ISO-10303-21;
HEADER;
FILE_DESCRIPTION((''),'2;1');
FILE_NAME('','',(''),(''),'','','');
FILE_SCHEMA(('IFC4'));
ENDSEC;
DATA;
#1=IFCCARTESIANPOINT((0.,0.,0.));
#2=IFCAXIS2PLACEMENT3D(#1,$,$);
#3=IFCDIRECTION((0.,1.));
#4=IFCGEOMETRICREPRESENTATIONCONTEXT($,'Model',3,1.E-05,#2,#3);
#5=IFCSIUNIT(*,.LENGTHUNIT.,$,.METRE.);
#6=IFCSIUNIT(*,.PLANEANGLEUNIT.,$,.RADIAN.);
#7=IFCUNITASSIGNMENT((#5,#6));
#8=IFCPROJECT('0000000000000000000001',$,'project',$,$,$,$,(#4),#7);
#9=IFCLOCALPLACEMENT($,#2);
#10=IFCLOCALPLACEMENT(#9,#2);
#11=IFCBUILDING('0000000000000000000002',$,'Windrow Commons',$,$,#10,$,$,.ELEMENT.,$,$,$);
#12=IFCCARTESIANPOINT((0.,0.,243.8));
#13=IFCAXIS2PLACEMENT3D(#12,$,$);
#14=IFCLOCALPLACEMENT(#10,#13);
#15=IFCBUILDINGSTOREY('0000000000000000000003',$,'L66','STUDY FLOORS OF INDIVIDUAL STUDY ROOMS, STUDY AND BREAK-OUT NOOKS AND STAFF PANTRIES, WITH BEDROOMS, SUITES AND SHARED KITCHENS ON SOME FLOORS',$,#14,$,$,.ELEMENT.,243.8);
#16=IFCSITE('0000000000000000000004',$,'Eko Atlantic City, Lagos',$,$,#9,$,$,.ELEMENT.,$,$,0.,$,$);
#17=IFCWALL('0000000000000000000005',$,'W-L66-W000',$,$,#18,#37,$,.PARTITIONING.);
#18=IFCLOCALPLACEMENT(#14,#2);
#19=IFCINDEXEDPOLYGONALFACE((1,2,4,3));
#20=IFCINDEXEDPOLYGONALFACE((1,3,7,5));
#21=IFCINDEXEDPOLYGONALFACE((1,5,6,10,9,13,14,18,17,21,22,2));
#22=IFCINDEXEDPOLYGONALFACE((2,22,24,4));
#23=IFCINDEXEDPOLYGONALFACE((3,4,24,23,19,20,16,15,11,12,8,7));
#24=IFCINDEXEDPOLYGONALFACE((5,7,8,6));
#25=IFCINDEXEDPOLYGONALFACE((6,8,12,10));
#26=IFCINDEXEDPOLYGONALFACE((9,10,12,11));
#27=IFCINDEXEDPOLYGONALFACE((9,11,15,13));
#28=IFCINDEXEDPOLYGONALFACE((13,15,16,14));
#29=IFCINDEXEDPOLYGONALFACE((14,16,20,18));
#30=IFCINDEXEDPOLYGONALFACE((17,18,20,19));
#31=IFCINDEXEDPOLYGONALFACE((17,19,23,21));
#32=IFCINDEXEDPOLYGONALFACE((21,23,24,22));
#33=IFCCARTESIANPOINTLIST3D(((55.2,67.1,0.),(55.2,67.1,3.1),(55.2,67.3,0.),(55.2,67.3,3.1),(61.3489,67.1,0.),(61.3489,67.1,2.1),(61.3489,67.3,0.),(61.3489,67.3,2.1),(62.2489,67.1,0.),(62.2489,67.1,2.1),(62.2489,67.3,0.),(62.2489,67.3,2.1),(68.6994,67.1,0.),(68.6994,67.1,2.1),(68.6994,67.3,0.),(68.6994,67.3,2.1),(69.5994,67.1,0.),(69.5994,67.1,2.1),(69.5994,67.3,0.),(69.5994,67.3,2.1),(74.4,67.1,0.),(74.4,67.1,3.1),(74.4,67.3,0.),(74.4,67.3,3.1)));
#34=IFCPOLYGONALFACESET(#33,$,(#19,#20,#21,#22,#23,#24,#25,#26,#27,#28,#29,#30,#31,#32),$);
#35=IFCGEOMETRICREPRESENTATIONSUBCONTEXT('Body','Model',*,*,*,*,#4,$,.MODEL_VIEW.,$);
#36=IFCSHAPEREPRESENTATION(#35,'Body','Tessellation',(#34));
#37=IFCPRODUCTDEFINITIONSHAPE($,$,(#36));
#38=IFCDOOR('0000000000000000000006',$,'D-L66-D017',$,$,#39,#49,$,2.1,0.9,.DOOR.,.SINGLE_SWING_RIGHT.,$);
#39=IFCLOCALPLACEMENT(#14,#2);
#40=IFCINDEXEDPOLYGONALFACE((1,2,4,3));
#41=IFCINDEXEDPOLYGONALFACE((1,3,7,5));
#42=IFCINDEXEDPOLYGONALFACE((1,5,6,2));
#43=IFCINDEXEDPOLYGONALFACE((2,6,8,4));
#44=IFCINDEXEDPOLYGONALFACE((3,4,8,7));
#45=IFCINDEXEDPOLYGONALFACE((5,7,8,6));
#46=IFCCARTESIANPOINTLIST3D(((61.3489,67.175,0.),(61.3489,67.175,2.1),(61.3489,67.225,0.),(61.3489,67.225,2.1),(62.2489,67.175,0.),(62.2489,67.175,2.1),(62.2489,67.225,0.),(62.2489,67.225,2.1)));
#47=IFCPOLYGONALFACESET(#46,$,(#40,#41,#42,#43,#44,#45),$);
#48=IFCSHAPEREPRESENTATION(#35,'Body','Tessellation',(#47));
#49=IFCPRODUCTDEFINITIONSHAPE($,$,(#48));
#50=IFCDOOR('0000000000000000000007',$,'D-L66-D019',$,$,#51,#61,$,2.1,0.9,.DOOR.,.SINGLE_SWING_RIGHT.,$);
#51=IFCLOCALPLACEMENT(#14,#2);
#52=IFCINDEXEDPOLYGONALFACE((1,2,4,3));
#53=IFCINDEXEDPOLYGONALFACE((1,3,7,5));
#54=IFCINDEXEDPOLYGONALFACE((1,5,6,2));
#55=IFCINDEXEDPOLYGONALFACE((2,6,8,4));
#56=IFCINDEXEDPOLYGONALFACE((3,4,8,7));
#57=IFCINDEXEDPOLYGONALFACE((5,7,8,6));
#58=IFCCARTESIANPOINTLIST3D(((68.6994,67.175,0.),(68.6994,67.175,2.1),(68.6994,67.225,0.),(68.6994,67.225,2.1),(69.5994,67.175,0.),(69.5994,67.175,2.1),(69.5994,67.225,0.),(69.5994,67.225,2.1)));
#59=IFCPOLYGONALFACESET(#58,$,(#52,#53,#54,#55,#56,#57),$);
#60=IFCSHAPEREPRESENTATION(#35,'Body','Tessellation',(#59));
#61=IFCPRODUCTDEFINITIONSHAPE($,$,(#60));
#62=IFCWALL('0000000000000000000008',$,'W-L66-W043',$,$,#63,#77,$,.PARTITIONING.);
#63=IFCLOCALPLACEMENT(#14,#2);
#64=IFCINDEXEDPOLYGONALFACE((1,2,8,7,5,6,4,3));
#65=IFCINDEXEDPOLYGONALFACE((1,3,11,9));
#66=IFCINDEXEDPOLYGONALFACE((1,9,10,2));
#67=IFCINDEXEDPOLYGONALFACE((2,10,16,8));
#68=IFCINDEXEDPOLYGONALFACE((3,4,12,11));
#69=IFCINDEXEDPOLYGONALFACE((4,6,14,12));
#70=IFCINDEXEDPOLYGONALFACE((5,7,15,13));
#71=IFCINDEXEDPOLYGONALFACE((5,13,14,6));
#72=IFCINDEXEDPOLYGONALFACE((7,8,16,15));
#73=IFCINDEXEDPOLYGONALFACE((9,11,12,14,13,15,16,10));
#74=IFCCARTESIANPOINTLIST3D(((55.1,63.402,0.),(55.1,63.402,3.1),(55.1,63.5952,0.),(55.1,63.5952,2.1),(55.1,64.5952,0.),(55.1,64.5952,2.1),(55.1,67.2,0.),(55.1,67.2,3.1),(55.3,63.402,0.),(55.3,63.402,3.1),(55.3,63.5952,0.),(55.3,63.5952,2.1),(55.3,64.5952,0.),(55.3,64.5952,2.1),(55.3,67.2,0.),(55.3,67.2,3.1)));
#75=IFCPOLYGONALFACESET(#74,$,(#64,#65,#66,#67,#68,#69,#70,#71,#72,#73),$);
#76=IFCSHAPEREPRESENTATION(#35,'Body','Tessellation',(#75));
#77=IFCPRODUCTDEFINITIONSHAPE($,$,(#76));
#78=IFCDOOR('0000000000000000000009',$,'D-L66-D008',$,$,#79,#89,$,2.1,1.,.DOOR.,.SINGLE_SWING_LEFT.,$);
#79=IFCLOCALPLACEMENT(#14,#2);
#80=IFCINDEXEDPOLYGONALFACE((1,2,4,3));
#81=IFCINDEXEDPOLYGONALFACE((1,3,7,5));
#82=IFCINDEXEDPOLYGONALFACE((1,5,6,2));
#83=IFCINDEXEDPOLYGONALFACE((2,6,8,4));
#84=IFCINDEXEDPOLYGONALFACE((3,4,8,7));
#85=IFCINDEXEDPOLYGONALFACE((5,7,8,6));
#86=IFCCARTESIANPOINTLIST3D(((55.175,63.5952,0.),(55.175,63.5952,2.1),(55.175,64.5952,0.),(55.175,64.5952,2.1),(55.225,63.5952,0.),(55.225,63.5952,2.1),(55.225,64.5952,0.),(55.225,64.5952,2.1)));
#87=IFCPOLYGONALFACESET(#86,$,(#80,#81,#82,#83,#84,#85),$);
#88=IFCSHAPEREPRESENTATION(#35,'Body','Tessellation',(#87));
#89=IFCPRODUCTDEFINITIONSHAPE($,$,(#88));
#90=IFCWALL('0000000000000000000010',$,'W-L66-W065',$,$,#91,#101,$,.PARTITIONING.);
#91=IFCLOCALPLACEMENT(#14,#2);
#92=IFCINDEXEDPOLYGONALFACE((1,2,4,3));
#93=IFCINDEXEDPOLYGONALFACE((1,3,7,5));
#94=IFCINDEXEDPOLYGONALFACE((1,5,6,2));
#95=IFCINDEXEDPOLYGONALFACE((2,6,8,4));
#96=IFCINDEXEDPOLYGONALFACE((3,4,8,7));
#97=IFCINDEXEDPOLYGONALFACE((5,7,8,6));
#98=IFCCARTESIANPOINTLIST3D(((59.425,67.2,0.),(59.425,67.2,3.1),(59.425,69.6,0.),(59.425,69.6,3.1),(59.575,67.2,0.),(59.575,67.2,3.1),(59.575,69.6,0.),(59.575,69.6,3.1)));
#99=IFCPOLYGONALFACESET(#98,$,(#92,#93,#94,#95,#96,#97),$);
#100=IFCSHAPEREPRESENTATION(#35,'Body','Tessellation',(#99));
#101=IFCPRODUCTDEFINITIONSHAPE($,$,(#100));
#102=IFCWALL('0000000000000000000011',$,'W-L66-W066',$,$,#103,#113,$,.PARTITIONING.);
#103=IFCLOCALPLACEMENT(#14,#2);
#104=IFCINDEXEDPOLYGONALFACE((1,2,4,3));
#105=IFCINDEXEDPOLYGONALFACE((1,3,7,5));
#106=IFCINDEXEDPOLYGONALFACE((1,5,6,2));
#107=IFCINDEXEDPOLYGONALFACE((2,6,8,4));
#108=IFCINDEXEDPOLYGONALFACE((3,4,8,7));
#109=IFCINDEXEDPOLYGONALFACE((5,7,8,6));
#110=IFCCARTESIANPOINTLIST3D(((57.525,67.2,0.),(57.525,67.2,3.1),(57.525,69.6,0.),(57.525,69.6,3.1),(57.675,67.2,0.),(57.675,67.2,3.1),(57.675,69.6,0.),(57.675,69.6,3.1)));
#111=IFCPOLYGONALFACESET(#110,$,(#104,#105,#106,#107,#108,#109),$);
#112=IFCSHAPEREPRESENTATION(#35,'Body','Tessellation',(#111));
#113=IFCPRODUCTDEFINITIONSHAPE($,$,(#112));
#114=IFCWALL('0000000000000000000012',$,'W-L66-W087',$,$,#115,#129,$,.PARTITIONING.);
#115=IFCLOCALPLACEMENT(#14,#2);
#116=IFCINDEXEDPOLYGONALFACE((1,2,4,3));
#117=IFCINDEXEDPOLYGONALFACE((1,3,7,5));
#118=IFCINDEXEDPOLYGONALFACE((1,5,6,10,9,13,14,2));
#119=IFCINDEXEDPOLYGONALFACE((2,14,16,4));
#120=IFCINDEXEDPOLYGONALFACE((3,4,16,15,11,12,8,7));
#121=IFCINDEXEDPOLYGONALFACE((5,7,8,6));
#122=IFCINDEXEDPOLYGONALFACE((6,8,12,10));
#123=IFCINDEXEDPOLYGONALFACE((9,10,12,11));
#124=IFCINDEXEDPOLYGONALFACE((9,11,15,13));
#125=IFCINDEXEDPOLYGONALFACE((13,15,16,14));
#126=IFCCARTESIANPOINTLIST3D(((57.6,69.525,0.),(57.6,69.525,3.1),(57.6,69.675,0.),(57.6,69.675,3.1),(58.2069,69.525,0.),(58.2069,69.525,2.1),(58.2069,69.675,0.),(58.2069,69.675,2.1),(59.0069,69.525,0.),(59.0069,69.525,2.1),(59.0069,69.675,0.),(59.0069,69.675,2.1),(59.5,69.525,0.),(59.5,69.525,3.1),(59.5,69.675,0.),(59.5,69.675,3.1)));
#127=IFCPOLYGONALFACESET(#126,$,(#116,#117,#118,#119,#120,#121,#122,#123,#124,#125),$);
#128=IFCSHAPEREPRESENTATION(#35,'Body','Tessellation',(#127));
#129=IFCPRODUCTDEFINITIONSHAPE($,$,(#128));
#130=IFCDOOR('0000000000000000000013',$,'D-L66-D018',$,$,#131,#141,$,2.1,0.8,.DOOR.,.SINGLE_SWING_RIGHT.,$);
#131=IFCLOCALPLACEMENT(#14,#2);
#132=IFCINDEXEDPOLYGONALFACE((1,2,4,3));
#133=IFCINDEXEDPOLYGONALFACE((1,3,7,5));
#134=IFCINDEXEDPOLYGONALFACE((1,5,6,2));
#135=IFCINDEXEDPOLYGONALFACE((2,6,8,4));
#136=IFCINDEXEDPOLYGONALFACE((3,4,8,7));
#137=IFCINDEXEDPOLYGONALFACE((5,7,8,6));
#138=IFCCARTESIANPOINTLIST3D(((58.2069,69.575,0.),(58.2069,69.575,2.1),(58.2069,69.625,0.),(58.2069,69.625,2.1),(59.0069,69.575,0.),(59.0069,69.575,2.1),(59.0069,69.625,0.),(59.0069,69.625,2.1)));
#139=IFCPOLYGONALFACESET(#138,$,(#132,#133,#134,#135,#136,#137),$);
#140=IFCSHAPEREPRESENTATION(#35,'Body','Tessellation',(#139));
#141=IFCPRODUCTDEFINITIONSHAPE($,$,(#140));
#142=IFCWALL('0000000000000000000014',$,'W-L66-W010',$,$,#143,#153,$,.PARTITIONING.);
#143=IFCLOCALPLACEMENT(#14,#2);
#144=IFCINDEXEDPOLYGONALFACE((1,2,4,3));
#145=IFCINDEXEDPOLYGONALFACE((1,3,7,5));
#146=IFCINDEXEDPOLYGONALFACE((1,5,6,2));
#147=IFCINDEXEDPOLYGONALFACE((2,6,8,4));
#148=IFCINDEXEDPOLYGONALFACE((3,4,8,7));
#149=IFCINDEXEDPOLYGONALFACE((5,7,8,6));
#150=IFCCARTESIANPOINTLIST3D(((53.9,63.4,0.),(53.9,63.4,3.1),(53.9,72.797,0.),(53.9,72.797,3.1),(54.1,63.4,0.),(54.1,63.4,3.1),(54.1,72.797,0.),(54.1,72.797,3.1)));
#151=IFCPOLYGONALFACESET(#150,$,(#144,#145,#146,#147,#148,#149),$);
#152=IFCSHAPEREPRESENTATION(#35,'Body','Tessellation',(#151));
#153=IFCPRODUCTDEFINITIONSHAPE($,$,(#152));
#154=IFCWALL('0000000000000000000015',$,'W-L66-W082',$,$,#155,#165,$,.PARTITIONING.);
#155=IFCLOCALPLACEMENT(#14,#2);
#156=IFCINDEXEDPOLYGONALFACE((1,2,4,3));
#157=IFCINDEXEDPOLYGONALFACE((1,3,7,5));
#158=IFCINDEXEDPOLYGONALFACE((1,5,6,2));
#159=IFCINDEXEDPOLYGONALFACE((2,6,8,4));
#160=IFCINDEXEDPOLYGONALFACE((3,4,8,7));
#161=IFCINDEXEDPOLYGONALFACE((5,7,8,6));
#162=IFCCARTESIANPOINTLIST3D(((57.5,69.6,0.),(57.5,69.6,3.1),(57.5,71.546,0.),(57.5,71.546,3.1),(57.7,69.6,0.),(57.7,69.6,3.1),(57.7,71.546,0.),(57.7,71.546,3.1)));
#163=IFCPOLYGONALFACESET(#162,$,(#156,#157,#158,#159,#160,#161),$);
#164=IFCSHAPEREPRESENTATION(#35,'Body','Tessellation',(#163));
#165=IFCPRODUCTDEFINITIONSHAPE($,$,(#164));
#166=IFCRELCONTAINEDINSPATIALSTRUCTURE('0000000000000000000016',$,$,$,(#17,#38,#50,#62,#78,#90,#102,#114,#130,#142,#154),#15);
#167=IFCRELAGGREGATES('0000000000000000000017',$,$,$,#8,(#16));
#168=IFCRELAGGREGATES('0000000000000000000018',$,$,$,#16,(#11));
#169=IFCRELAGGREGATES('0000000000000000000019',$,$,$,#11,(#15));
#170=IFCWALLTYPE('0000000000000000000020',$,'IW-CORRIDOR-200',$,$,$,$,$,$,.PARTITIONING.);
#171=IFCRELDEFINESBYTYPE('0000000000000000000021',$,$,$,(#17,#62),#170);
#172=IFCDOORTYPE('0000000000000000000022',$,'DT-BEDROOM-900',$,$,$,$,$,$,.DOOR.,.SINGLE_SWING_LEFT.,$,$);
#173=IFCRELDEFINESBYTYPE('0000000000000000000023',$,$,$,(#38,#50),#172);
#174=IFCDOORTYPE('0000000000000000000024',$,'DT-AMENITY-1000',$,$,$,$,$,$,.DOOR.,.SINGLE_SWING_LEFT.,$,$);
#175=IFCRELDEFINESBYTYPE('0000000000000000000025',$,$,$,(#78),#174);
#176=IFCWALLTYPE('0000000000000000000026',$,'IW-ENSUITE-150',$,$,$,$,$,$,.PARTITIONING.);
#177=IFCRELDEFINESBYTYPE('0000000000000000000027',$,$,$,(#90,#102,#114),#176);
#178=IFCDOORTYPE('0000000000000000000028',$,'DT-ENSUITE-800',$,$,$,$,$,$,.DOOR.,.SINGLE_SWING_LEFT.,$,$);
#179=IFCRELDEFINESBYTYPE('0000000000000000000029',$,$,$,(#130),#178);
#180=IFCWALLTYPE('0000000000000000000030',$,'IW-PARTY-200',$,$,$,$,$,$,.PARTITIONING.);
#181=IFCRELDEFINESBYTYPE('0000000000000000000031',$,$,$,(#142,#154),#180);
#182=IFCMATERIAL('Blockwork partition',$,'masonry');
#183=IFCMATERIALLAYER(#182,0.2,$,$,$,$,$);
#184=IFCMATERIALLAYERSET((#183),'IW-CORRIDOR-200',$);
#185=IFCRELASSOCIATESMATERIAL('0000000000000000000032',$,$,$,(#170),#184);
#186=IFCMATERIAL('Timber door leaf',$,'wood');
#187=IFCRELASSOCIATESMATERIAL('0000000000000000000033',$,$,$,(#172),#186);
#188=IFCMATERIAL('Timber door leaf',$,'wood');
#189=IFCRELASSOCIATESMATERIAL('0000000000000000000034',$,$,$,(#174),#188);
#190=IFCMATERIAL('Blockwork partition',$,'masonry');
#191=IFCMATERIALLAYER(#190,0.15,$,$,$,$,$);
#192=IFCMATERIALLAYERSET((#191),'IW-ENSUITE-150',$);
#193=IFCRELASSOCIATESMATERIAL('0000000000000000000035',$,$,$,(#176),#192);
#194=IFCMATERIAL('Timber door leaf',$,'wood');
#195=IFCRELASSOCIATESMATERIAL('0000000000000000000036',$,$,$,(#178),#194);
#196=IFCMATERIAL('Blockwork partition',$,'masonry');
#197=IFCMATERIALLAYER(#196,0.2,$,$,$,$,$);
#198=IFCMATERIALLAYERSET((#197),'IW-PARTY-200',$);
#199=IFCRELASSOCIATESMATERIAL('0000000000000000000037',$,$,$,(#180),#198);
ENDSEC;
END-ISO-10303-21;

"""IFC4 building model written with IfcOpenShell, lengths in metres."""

from ifc_helpers import new_model, si_unit, direction, frame, frame_2d, origin, place, context, subcontext, project, spatial, rectangle, extrude, material, layer, layer_set, type_object, element, fill, save


model = new_model("IFC4")

# Units and contexts
model_context = context("Model", 3, precision=1e-05, world=origin(), true_north=direction((0.0, 1.0)))
body_context = subcontext(model_context, "Body", "Model", "MODEL_VIEW")
ifc_project = project(units=[si_unit("LENGTHUNIT", "METRE"), si_unit("PLANEANGLEUNIT", "RADIAN")], contexts=[model_context])

# Site, building, storey
site_placement = place(None, origin())
site = spatial("IfcSite", under=ifc_project, at=site_placement, Name="Eko Atlantic City, Lagos", CompositionType="ELEMENT", RefElevation=0.0)
building_placement = place(site_placement, origin())
building = spatial("IfcBuilding", under=site, at=building_placement, Name="Windrow Commons", CompositionType="ELEMENT")
storey_placement = place(building_placement, frame((0.0, 0.0, 243.8)))
storey = spatial("IfcBuildingStorey", under=building, at=storey_placement, Name="L66", Description="STUDY FLOORS OF INDIVIDUAL STUDY ROOMS, STUDY AND BREAK-OUT NOOKS AND STAFF PANTRIES, WITH BEDROOMS, SUITES AND SHARED KITCHENS ON SOME FLOORS", CompositionType="ELEMENT", Elevation=243.8)

# Wall, openings, doors
ifc_material_1 = material(Name="Blockwork partition", Category="masonry")
ifc_layer_1 = layer(ifc_material_1, 0.2)
ifc_layer_set_1 = layer_set([ifc_layer_1], Name="IW-CORRIDOR-200")
wall_type_1 = type_object("IfcWallType", Name="IW-CORRIDOR-200", PredefinedType="PARTITIONING", material=ifc_layer_set_1)
wall_1_placement = place(storey_placement, frame((55.2, 67.2, 0.0), z_axis=(0.0, 0.0, 1.0), x_axis=(1.0, 0.0, 0.0)))
wall_1 = element("IfcWall", 1, at=wall_1_placement, inside=storey, type_object=wall_type_1, Name="W-L66-W000", PredefinedType="PARTITIONING", context=body_context, shape_type="SweptSolid", body=[
    extrude(rectangle(XDim=19.2, YDim=0.2, at=frame_2d((9.6, 0.0))), origin(), (0.0, 0.0, 1.0), 3.1),
])
opening_1_placement = place(wall_1_placement, frame((6.1489, 0.0, 0.0)))
opening_1 = element("IfcOpeningElement", 2, at=opening_1_placement, cuts=wall_1, PredefinedType="OPENING", context=body_context, shape_type="SweptSolid", body=[
    extrude(rectangle(XDim=0.9, YDim=2.1, at=frame_2d((0.45, 1.05))), frame((0.0, 0.11, 0.0), z_axis=(0.0, -1.0, 0.0), x_axis=(1.0, 0.0, 0.0)), (0.0, 0.0, 1.0), 0.22),
])
opening_2_placement = place(wall_1_placement, frame((13.4994, 0.0, 0.0)))
opening_2 = element("IfcOpeningElement", 3, at=opening_2_placement, cuts=wall_1, PredefinedType="OPENING", context=body_context, shape_type="SweptSolid", body=[
    extrude(rectangle(XDim=0.9, YDim=2.1, at=frame_2d((0.45, 1.05))), frame((0.0, 0.11, 0.0), z_axis=(0.0, -1.0, 0.0), x_axis=(1.0, 0.0, 0.0)), (0.0, 0.0, 1.0), 0.22),
])
ifc_material_2 = material(Name="Timber door leaf", Category="wood")
door_type_1 = type_object("IfcDoorType", Name="DT-BEDROOM-900", OperationType="SINGLE_SWING_LEFT", PredefinedType="DOOR", material=ifc_material_2)
door_1_placement = place(opening_1_placement, origin())
door_1 = element("IfcDoor", 4, at=door_1_placement, inside=storey, type_object=door_type_1, Name="D-L66-D017", OperationType="SINGLE_SWING_RIGHT", OverallHeight=2.1, OverallWidth=0.9, PredefinedType="DOOR", context=body_context, shape_type="SweptSolid", body=[
    extrude(rectangle(XDim=0.9, YDim=2.1, at=frame_2d((0.45, 1.05))), frame((0.0, 0.025, 0.0), z_axis=(0.0, -1.0, 0.0), x_axis=(1.0, 0.0, 0.0)), (0.0, 0.0, 1.0), 0.05),
])
fill(opening_1, door_1)
door_2_placement = place(opening_2_placement, origin())
door_2 = element("IfcDoor", 5, at=door_2_placement, inside=storey, type_object=door_type_1, Name="D-L66-D019", OperationType="SINGLE_SWING_RIGHT", OverallHeight=2.1, OverallWidth=0.9, PredefinedType="DOOR", context=body_context, shape_type="SweptSolid", body=[
    extrude(rectangle(XDim=0.9, YDim=2.1, at=frame_2d((0.45, 1.05))), frame((0.0, 0.025, 0.0), z_axis=(0.0, -1.0, 0.0), x_axis=(1.0, 0.0, 0.0)), (0.0, 0.0, 1.0), 0.05),
])
fill(opening_2, door_2)

# Wall, opening, door
wall_2_placement = place(storey_placement, frame((55.2, 63.402, 0.0), z_axis=(0.0, 0.0, 1.0), x_axis=(0.0, 1.0, 0.0)))
wall_2 = element("IfcWall", 6, at=wall_2_placement, inside=storey, type_object=wall_type_1, Name="W-L66-W043", PredefinedType="PARTITIONING", context=body_context, shape_type="SweptSolid", body=[
    extrude(rectangle(XDim=3.798, YDim=0.2, at=frame_2d((1.899, 0.0))), origin(), (0.0, 0.0, 1.0), 3.1),
])
opening_3_placement = place(wall_2_placement, frame((0.1932, 0.0, 0.0)))
opening_3 = element("IfcOpeningElement", 7, at=opening_3_placement, cuts=wall_2, PredefinedType="OPENING", context=body_context, shape_type="SweptSolid", body=[
    extrude(rectangle(XDim=1.0, YDim=2.1, at=frame_2d((0.5, 1.05))), frame((0.0, 0.11, 0.0), z_axis=(0.0, -1.0, 0.0), x_axis=(1.0, 0.0, 0.0)), (0.0, 0.0, 1.0), 0.22),
])
ifc_material_3 = material(Name="Timber door leaf", Category="wood")
door_type_2 = type_object("IfcDoorType", Name="DT-AMENITY-1000", OperationType="SINGLE_SWING_LEFT", PredefinedType="DOOR", material=ifc_material_3)
door_3_placement = place(opening_3_placement, origin())
door_3 = element("IfcDoor", 8, at=door_3_placement, inside=storey, type_object=door_type_2, Name="D-L66-D008", OperationType="SINGLE_SWING_LEFT", OverallHeight=2.1, OverallWidth=1.0, PredefinedType="DOOR", context=body_context, shape_type="SweptSolid", body=[
    extrude(rectangle(XDim=1.0, YDim=2.1, at=frame_2d((0.5, 1.05))), frame((0.0, 0.025, 0.0), z_axis=(0.0, -1.0, 0.0), x_axis=(1.0, 0.0, 0.0)), (0.0, 0.0, 1.0), 0.05),
])
fill(opening_3, door_3)

# Walls
ifc_material_4 = material(Name="Blockwork partition", Category="masonry")
ifc_layer_2 = layer(ifc_material_4, 0.15)
ifc_layer_set_2 = layer_set([ifc_layer_2], Name="IW-ENSUITE-150")
wall_type_2 = type_object("IfcWallType", Name="IW-ENSUITE-150", PredefinedType="PARTITIONING", material=ifc_layer_set_2)
for number, where, z_axis, x_axis, name in (
    (9, (59.5, 67.2, 0.0), (0.0, 0.0, 1.0), (0.0, 1.0, 0.0), "W-L66-W065"),
    (10, (57.6, 67.2, 0.0), (0.0, 0.0, 1.0), (0.0, 1.0, 0.0), "W-L66-W066"),
):
    element("IfcWall", number, at=place(storey_placement, frame(where, z_axis=z_axis, x_axis=x_axis)), inside=storey, type_object=wall_type_2, Name=name, PredefinedType="PARTITIONING", context=body_context, shape_type="SweptSolid", body=[
        extrude(rectangle(XDim=2.4, YDim=0.15, at=frame_2d((1.2, 0.0))), origin(), (0.0, 0.0, 1.0), 3.1),
    ])

# Wall, opening, door
wall_3_placement = place(storey_placement, frame((57.6, 69.6, 0.0), z_axis=(0.0, 0.0, 1.0), x_axis=(1.0, 0.0, 0.0)))
wall_3 = element("IfcWall", 11, at=wall_3_placement, inside=storey, type_object=wall_type_2, Name="W-L66-W087", PredefinedType="PARTITIONING", context=body_context, shape_type="SweptSolid", body=[
    extrude(rectangle(XDim=1.9, YDim=0.15, at=frame_2d((0.95, 0.0))), origin(), (0.0, 0.0, 1.0), 3.1),
])
opening_4_placement = place(wall_3_placement, frame((0.6069, 0.0, 0.0)))
opening_4 = element("IfcOpeningElement", 12, at=opening_4_placement, cuts=wall_3, PredefinedType="OPENING", context=body_context, shape_type="SweptSolid", body=[
    extrude(rectangle(XDim=0.8, YDim=2.1, at=frame_2d((0.4, 1.05))), frame((0.0, 0.085, 0.0), z_axis=(0.0, -1.0, 0.0), x_axis=(1.0, 0.0, 0.0)), (0.0, 0.0, 1.0), 0.17),
])
ifc_material_5 = material(Name="Timber door leaf", Category="wood")
door_type_3 = type_object("IfcDoorType", Name="DT-ENSUITE-800", OperationType="SINGLE_SWING_LEFT", PredefinedType="DOOR", material=ifc_material_5)
door_4_placement = place(opening_4_placement, origin())
door_4 = element("IfcDoor", 13, at=door_4_placement, inside=storey, type_object=door_type_3, Name="D-L66-D018", OperationType="SINGLE_SWING_RIGHT", OverallHeight=2.1, OverallWidth=0.8, PredefinedType="DOOR", context=body_context, shape_type="SweptSolid", body=[
    extrude(rectangle(XDim=0.8, YDim=2.1, at=frame_2d((0.4, 1.05))), frame((0.0, 0.025, 0.0), z_axis=(0.0, -1.0, 0.0), x_axis=(1.0, 0.0, 0.0)), (0.0, 0.0, 1.0), 0.05),
])
fill(opening_4, door_4)

# Walls
ifc_material_6 = material(Name="Blockwork partition", Category="masonry")
ifc_layer_3 = layer(ifc_material_6, 0.2)
ifc_layer_set_3 = layer_set([ifc_layer_3], Name="IW-PARTY-200")
wall_type_3 = type_object("IfcWallType", Name="IW-PARTY-200", PredefinedType="PARTITIONING", material=ifc_layer_set_3)
wall_4_placement = place(storey_placement, frame((54.0, 63.4, 0.0), z_axis=(0.0, 0.0, 1.0), x_axis=(0.0, 1.0, 0.0)))
element("IfcWall", 14, at=wall_4_placement, inside=storey, type_object=wall_type_3, Name="W-L66-W010", PredefinedType="PARTITIONING", context=body_context, shape_type="SweptSolid", body=[
    extrude(rectangle(XDim=9.397, YDim=0.2, at=frame_2d((4.6985, 0.0))), origin(), (0.0, 0.0, 1.0), 3.1),
])
wall_5_placement = place(storey_placement, frame((57.6, 69.6, 0.0), z_axis=(0.0, 0.0, 1.0), x_axis=(0.0, 1.0, 0.0)))
element("IfcWall", 15, at=wall_5_placement, inside=storey, type_object=wall_type_3, Name="W-L66-W082", PredefinedType="PARTITIONING", context=body_context, shape_type="SweptSolid", body=[
    extrude(rectangle(XDim=1.946, YDim=0.2, at=frame_2d((0.973, 0.0))), origin(), (0.0, 0.0, 1.0), 3.1),
])

save(model, "model.ifc")
